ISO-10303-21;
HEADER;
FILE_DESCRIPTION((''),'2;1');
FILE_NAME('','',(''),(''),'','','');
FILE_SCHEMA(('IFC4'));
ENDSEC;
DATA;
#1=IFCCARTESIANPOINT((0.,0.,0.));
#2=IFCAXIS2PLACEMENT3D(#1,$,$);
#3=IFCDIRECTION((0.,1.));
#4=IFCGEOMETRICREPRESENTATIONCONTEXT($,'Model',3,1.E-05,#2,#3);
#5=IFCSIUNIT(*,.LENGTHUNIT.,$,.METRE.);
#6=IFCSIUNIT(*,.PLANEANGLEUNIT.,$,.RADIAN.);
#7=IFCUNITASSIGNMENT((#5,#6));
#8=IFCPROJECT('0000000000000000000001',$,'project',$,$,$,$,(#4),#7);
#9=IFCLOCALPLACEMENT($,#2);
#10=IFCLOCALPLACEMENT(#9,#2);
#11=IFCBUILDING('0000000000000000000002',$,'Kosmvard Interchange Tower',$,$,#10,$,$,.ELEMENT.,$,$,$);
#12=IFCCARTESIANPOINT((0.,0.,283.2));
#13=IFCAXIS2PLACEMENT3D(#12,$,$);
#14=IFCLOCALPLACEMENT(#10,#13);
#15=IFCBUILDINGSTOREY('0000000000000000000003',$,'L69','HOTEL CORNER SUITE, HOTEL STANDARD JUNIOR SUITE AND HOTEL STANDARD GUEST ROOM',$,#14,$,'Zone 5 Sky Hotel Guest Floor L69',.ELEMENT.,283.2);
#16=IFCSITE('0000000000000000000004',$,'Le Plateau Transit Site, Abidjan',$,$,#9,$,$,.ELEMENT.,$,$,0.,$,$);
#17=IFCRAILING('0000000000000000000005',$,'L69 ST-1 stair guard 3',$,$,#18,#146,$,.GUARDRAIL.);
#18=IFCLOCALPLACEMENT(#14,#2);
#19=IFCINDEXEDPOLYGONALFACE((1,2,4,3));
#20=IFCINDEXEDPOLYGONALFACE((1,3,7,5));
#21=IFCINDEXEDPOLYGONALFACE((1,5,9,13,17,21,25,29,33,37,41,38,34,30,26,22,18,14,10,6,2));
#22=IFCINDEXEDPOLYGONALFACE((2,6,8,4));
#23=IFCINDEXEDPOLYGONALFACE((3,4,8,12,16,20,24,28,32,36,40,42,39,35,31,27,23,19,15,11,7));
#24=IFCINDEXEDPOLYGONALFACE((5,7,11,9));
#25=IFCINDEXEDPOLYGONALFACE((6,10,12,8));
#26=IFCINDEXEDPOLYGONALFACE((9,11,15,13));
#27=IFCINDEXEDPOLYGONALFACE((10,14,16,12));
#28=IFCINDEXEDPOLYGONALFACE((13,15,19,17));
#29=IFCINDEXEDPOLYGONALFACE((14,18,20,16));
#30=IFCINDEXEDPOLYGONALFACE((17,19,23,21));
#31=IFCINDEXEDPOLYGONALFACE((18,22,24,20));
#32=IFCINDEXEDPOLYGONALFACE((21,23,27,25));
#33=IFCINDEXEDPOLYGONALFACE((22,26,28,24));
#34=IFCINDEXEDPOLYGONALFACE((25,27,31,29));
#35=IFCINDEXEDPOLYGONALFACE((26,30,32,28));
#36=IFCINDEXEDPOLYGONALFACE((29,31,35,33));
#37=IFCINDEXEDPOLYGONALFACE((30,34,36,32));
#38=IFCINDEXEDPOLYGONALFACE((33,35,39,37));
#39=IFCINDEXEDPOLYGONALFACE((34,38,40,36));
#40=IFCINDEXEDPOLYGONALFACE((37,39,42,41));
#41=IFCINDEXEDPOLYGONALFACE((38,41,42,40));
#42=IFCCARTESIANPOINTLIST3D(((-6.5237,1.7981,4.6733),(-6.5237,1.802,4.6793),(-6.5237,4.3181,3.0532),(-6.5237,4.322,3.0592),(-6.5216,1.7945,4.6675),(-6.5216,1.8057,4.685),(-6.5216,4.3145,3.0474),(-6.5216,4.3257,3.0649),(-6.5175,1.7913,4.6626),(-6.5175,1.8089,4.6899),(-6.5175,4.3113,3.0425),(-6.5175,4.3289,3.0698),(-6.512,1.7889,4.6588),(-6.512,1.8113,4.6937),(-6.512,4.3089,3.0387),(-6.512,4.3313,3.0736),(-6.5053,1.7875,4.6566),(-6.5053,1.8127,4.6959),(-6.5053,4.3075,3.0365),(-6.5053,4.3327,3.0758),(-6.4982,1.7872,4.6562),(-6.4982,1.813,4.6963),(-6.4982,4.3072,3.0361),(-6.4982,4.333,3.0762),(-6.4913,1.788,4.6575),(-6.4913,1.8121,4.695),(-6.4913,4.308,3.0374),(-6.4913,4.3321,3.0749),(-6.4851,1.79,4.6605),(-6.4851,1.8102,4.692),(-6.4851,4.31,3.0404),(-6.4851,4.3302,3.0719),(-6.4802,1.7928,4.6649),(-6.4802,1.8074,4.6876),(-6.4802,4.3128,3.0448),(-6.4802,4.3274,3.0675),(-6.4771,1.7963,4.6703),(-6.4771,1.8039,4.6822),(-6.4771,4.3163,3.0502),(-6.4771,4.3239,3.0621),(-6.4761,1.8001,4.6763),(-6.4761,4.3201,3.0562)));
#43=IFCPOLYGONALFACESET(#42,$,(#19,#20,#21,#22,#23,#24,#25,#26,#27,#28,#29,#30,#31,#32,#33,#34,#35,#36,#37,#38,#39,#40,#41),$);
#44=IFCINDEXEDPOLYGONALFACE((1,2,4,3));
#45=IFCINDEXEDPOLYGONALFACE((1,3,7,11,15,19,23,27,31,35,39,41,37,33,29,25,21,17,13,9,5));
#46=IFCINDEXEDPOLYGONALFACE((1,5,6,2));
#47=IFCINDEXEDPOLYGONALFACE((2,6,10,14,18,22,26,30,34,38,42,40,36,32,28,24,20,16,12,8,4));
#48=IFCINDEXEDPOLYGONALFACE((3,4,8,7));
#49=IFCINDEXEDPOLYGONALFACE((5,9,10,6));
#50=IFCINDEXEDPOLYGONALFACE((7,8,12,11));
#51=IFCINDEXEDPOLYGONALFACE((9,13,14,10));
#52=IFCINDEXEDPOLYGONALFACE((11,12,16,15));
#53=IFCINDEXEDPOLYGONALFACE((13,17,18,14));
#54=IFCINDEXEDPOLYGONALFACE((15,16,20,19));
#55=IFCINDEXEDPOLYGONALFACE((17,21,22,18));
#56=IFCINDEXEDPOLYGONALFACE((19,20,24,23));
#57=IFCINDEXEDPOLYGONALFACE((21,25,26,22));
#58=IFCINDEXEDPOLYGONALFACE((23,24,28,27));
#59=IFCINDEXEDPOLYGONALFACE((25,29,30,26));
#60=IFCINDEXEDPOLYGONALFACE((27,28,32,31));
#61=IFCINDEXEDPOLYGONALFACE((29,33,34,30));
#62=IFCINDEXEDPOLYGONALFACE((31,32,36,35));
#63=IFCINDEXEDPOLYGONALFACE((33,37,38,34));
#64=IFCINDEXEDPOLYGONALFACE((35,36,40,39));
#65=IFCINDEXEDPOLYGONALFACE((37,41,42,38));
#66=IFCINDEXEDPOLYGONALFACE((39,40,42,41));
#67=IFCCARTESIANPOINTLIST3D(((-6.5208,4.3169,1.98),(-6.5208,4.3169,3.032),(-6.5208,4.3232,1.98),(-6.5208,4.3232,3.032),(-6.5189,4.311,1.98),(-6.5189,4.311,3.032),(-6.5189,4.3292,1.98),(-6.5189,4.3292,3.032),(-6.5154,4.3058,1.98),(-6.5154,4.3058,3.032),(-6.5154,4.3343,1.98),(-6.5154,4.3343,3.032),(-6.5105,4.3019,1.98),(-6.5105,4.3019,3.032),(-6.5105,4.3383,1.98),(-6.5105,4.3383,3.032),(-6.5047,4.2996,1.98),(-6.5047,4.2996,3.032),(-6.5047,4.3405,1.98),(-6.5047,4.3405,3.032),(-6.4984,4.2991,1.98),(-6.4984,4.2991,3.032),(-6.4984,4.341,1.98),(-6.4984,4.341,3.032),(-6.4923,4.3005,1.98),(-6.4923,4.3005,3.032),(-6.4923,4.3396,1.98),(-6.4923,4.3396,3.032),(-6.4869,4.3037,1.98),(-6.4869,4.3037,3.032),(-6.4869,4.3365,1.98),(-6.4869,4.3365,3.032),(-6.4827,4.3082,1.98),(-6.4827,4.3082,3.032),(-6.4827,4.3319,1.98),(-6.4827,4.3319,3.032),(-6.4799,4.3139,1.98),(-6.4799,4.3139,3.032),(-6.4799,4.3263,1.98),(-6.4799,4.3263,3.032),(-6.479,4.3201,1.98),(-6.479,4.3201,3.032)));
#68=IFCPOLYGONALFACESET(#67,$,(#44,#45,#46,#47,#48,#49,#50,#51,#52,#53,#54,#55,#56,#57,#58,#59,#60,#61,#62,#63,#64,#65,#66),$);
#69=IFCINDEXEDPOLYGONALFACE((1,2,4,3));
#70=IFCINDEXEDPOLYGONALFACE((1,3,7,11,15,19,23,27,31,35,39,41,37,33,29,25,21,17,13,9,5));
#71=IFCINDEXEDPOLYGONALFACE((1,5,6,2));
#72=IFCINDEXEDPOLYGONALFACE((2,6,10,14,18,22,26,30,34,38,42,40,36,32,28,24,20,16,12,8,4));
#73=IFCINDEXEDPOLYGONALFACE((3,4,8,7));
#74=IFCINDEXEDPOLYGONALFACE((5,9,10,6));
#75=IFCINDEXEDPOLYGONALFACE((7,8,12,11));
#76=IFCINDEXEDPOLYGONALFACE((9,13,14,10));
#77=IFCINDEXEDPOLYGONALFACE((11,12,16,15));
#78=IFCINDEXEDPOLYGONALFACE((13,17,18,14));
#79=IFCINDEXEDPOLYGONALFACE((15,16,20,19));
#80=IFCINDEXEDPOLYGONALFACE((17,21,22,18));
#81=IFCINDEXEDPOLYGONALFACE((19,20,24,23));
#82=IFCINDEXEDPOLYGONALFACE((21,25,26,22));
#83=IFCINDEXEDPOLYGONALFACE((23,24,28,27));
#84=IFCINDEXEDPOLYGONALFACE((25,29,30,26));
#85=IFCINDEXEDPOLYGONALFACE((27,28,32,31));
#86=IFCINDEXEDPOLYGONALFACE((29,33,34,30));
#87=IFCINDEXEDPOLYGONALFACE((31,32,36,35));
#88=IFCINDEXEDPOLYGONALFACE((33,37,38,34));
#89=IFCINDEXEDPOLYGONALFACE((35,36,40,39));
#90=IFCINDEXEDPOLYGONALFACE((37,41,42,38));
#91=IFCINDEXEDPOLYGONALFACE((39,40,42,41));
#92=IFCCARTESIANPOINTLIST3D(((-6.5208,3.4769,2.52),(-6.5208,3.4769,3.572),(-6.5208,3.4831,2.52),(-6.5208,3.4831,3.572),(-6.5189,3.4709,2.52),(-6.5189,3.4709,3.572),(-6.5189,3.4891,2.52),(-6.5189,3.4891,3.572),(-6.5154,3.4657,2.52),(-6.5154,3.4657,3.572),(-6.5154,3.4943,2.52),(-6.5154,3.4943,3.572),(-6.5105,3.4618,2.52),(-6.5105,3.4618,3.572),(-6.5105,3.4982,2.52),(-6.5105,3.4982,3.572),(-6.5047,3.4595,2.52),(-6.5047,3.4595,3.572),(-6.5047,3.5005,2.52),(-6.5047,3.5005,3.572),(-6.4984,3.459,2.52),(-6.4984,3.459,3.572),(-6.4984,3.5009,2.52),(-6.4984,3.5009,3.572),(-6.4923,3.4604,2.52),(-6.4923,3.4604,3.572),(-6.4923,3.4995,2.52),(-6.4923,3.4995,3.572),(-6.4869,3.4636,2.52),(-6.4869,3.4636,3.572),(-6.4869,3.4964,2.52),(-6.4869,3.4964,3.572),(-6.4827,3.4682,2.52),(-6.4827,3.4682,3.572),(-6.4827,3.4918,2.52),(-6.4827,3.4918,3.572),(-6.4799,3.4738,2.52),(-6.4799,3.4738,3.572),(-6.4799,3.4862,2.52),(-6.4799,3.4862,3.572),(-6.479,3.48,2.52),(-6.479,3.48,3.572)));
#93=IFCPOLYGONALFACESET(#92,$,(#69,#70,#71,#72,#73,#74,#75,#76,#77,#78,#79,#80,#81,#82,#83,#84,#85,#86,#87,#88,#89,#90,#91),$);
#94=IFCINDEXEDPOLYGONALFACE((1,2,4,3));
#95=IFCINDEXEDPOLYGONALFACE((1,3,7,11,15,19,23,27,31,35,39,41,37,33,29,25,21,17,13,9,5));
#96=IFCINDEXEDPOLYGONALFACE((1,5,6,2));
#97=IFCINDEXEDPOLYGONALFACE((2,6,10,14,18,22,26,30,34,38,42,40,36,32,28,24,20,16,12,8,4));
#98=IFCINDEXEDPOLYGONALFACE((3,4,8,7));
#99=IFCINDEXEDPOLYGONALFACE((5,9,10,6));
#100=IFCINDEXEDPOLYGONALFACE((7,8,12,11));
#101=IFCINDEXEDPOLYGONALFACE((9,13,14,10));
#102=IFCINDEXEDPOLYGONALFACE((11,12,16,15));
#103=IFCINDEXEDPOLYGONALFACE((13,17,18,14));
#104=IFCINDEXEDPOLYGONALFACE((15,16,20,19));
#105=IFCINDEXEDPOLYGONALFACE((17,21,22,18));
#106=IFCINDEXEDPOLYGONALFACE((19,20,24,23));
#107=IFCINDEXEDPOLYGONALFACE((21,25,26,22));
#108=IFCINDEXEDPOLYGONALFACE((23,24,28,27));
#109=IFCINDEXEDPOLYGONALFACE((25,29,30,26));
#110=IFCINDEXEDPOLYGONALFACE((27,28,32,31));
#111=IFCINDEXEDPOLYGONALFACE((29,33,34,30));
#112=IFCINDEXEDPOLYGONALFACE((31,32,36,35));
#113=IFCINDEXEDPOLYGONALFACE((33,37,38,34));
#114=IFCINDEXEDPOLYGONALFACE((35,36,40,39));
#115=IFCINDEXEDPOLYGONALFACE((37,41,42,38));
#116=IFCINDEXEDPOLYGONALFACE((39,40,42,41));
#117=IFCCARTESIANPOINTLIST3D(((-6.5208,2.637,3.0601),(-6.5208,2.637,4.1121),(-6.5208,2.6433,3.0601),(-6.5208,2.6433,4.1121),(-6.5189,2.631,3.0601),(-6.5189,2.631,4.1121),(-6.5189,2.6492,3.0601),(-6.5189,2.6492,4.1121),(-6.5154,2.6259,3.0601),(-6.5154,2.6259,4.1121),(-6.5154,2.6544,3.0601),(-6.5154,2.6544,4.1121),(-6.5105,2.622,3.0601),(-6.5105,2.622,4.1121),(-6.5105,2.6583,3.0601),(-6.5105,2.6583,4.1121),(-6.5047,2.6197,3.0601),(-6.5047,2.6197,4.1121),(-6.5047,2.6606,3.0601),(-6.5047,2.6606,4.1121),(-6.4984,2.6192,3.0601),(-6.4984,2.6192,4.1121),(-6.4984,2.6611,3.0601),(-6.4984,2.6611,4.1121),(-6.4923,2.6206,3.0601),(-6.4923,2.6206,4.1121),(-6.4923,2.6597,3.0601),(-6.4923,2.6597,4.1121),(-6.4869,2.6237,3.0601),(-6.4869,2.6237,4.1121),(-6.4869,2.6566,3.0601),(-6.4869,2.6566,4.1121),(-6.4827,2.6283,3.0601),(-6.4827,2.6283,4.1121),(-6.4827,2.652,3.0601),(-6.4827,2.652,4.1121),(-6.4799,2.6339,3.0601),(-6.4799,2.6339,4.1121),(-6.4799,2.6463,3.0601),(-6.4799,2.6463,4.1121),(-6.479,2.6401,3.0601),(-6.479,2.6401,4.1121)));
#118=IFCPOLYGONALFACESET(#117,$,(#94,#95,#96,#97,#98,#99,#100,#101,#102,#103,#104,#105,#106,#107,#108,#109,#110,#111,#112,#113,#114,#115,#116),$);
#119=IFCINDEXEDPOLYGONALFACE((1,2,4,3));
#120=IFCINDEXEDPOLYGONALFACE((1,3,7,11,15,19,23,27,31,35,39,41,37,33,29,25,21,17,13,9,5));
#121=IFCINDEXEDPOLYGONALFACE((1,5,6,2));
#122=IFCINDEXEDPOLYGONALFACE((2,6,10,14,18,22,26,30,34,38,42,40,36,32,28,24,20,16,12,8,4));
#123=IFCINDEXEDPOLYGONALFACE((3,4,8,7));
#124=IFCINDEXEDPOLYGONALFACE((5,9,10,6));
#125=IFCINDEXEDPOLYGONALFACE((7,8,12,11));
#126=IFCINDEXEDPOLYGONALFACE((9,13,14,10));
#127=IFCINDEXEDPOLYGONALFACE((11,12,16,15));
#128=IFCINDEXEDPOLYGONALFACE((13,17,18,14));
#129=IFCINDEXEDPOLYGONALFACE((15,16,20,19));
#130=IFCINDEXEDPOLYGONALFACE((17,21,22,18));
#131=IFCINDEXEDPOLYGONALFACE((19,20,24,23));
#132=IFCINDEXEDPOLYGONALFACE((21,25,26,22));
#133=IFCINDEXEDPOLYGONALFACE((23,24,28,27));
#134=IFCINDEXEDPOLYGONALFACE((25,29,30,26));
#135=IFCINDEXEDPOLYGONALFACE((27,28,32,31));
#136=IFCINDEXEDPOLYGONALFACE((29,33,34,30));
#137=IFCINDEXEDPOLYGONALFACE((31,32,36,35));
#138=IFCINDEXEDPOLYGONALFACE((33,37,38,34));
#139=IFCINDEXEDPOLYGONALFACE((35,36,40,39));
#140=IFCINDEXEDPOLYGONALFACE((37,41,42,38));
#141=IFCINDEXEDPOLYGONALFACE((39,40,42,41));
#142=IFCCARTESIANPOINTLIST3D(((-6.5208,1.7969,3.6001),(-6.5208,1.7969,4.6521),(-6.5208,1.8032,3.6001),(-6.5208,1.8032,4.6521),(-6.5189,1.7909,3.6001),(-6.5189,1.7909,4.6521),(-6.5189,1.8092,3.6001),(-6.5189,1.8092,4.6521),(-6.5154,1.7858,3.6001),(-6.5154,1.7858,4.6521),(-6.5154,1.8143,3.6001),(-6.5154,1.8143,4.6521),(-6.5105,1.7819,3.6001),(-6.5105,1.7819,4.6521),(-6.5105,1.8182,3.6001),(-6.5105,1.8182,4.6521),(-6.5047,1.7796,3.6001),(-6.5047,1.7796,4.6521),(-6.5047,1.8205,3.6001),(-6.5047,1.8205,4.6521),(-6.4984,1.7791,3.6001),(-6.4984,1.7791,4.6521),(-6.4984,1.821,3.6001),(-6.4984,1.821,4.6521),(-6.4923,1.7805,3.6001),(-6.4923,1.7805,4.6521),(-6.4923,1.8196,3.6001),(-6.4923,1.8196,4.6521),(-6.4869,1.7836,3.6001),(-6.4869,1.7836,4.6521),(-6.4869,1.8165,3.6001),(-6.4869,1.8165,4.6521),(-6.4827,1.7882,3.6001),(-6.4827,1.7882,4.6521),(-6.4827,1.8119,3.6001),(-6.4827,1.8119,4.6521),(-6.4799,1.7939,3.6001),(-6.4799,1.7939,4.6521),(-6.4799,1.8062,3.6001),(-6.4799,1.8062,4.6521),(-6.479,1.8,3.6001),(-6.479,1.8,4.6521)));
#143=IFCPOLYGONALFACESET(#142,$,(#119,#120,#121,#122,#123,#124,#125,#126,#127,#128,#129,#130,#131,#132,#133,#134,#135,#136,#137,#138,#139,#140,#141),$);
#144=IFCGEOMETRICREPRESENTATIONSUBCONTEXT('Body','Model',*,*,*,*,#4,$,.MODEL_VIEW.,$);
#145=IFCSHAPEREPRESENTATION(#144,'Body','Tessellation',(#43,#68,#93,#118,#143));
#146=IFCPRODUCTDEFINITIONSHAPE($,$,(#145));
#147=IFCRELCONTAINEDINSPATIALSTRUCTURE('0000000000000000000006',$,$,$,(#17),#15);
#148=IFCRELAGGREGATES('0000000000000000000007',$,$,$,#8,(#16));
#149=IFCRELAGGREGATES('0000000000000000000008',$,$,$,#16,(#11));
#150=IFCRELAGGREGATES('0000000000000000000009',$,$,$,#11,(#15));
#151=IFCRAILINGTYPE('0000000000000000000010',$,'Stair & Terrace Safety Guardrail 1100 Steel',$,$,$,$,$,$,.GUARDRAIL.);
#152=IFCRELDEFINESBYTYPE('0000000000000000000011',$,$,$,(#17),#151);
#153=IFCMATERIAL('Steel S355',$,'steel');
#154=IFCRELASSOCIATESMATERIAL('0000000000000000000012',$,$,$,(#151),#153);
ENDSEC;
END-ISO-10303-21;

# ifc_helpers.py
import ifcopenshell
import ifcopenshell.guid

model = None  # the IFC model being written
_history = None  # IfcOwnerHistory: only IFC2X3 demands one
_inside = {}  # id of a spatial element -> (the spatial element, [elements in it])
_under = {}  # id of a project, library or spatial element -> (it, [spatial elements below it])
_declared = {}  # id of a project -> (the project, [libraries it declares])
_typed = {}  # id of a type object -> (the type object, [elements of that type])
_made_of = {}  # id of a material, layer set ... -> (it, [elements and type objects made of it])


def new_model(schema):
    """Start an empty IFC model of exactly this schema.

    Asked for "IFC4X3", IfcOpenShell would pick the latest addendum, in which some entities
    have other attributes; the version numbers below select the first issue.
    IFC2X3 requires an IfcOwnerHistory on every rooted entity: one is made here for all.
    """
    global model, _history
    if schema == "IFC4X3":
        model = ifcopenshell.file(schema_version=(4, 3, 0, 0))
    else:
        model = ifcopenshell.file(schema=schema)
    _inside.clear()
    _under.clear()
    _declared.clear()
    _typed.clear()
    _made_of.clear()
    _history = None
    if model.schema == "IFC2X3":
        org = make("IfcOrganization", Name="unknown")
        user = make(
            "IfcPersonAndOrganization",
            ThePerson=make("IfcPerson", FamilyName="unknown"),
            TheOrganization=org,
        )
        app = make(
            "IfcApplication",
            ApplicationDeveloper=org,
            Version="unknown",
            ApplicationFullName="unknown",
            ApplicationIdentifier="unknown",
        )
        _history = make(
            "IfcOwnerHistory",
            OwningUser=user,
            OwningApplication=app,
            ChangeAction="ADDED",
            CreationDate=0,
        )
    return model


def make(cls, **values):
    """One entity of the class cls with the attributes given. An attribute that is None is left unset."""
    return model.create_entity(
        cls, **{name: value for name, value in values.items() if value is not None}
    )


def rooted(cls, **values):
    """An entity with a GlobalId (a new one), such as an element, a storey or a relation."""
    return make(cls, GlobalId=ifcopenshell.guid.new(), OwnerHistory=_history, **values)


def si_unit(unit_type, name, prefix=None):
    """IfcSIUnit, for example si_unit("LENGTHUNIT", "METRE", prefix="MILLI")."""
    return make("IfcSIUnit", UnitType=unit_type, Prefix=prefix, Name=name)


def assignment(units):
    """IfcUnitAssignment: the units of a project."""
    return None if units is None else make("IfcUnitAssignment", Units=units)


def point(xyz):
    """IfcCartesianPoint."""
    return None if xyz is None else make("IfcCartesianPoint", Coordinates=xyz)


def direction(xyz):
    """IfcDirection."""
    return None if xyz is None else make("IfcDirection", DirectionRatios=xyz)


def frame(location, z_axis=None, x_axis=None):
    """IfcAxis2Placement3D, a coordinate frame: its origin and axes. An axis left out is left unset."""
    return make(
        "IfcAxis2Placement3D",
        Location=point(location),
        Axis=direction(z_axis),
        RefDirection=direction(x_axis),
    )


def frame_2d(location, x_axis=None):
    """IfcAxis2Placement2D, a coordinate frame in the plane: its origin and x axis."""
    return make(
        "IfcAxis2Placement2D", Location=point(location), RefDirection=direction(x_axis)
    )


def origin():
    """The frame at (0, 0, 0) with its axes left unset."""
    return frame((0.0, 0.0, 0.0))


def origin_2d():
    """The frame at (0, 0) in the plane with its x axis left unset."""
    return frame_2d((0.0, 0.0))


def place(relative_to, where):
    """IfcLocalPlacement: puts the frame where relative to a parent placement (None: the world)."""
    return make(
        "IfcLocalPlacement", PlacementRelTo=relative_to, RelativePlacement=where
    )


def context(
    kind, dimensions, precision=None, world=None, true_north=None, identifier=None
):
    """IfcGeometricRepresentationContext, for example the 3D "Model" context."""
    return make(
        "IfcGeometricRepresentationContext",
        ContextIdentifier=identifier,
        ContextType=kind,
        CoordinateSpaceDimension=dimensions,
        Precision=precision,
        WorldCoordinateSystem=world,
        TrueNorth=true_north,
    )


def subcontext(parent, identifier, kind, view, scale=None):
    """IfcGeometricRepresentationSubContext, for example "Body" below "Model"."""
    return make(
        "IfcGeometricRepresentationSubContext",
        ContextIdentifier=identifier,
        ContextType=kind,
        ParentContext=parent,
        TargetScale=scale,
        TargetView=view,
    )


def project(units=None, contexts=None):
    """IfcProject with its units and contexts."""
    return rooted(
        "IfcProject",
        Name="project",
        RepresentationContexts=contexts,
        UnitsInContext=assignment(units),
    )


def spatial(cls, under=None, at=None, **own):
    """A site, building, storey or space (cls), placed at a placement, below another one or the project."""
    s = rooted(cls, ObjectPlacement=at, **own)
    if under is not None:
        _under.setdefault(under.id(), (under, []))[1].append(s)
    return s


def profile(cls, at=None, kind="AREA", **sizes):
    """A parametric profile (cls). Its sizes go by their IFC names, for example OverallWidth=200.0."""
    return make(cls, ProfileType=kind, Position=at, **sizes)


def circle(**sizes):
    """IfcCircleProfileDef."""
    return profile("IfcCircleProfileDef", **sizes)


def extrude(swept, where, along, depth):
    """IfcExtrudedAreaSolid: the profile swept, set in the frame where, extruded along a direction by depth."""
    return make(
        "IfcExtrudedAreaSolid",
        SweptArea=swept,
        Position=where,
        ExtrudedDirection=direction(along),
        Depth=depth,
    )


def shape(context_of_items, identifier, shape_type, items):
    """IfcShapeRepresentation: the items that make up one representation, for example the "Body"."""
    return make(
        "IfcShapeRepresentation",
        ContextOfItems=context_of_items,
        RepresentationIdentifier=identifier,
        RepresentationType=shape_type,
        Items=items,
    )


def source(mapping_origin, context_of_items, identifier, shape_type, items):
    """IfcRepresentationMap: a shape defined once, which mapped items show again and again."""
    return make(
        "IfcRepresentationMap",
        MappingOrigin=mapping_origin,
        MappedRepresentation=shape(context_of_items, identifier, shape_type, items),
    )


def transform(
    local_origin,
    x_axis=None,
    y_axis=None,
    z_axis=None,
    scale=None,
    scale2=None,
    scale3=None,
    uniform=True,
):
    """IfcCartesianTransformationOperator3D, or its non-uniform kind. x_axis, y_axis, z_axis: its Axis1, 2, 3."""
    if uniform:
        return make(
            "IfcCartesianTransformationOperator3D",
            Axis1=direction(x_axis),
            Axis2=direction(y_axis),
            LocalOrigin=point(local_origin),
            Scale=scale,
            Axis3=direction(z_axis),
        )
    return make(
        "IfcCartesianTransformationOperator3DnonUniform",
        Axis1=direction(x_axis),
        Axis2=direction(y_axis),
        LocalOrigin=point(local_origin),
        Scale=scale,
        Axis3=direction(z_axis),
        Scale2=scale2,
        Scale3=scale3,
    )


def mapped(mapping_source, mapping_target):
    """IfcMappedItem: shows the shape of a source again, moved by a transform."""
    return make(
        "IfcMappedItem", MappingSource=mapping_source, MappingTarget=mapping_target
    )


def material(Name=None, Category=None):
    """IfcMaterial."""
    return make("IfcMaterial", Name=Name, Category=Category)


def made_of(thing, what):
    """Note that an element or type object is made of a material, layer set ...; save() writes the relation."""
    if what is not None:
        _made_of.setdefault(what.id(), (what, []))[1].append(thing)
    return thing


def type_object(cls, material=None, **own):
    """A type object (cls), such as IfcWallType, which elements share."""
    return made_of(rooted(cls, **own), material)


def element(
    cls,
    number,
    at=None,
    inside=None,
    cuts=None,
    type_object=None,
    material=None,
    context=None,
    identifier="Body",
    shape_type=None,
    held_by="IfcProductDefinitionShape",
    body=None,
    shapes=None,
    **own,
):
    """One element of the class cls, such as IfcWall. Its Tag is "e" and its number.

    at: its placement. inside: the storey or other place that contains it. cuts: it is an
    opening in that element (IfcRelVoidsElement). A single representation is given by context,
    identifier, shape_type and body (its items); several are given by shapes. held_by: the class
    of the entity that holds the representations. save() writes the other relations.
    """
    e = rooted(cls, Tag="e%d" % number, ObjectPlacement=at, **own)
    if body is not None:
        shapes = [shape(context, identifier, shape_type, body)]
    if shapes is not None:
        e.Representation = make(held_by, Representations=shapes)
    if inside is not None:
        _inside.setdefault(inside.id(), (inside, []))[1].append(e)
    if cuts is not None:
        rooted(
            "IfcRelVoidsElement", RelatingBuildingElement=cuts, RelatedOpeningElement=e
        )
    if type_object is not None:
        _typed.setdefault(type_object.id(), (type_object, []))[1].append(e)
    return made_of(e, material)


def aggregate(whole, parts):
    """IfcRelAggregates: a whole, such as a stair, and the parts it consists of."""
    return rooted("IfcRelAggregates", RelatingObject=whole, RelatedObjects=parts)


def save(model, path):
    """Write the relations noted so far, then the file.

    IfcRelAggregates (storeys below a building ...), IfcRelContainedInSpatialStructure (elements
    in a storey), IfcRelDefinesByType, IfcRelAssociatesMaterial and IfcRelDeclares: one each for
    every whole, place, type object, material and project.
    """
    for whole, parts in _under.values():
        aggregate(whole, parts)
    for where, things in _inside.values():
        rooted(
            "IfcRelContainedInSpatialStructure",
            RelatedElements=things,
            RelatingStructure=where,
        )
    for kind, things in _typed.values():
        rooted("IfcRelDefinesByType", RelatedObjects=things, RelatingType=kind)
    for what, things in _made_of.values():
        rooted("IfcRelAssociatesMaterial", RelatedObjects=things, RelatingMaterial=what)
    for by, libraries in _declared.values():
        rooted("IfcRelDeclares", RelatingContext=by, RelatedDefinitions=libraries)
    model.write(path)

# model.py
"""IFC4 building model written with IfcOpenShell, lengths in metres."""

from ifc_helpers import new_model, si_unit, direction, frame, origin, origin_2d, place, context, subcontext, project, spatial, circle, extrude, source, transform, mapped, material, type_object, element, save


model = new_model("IFC4")

# Units and contexts
model_context = context("Model", 3, precision=1e-05, world=origin(), true_north=direction((0.0, 1.0)))
body_context = subcontext(model_context, "Body", "Model", "MODEL_VIEW")
ifc_project = project(units=[si_unit("LENGTHUNIT", "METRE"), si_unit("PLANEANGLEUNIT", "RADIAN")], contexts=[model_context])

# Site, building, storey
site_placement = place(None, origin())
site = spatial("IfcSite", under=ifc_project, at=site_placement, Name="Le Plateau Transit Site, Abidjan", CompositionType="ELEMENT", RefElevation=0.0)
building_placement = place(site_placement, origin())
building = spatial("IfcBuilding", under=site, at=building_placement, Name="Kosmvard Interchange Tower", CompositionType="ELEMENT")
storey_placement = place(building_placement, frame((0.0, 0.0, 283.2)))
storey = spatial("IfcBuildingStorey", under=building, at=storey_placement, Name="L69", Description="HOTEL CORNER SUITE, HOTEL STANDARD JUNIOR SUITE AND HOTEL STANDARD GUEST ROOM", LongName="Zone 5 Sky Hotel Guest Floor L69", CompositionType="ELEMENT", Elevation=283.2)

# Shared definitions
ifc_material_1 = material(Name="Steel S355", Category="steel")

# Railing
railing_type_1 = type_object("IfcRailingType", Name="Stair & Terrace Safety Guardrail 1100 Steel", PredefinedType="GUARDRAIL", material=ifc_material_1)
shared_shape_1 = source(origin(), body_context, "Body", "SweptSolid", [
    extrude(circle(Radius=0.0239, at=origin_2d()), frame((0.0, 0.0, 1.0762), z_axis=(0.0, -0.841163, 0.540782), x_axis=(1.0, 0.0, 0.0)), (0.0, 0.0, 1.0), 2.9958),
    extrude(circle(Radius=0.021, at=origin_2d()), origin(), (0.0, 0.0, 1.0), 1.052),
    extrude(circle(Radius=0.021, at=origin_2d()), frame((0.0, -0.8401, 0.54)), (0.0, 0.0, 1.0), 1.052),
    extrude(circle(Radius=0.021, at=origin_2d()), frame((0.0, -1.6799, 1.0801)), (0.0, 0.0, 1.0), 1.052),
    extrude(circle(Radius=0.021, at=origin_2d()), frame((0.0, -2.52, 1.6201)), (0.0, 0.0, 1.0), 1.052),
])
railing_1_placement = place(storey_placement, frame((-6.5, 4.3201, 1.98)))
element("IfcRailing", 1, at=railing_1_placement, inside=storey, type_object=railing_type_1, Name="L69 ST-1 stair guard 3", PredefinedType="GUARDRAIL", context=body_context, shape_type="MappedRepresentation", body=[
    mapped(shared_shape_1, transform((0.0, 0.0, 0.0), scale=1.0)),
])

save(model, "model.ifc")
